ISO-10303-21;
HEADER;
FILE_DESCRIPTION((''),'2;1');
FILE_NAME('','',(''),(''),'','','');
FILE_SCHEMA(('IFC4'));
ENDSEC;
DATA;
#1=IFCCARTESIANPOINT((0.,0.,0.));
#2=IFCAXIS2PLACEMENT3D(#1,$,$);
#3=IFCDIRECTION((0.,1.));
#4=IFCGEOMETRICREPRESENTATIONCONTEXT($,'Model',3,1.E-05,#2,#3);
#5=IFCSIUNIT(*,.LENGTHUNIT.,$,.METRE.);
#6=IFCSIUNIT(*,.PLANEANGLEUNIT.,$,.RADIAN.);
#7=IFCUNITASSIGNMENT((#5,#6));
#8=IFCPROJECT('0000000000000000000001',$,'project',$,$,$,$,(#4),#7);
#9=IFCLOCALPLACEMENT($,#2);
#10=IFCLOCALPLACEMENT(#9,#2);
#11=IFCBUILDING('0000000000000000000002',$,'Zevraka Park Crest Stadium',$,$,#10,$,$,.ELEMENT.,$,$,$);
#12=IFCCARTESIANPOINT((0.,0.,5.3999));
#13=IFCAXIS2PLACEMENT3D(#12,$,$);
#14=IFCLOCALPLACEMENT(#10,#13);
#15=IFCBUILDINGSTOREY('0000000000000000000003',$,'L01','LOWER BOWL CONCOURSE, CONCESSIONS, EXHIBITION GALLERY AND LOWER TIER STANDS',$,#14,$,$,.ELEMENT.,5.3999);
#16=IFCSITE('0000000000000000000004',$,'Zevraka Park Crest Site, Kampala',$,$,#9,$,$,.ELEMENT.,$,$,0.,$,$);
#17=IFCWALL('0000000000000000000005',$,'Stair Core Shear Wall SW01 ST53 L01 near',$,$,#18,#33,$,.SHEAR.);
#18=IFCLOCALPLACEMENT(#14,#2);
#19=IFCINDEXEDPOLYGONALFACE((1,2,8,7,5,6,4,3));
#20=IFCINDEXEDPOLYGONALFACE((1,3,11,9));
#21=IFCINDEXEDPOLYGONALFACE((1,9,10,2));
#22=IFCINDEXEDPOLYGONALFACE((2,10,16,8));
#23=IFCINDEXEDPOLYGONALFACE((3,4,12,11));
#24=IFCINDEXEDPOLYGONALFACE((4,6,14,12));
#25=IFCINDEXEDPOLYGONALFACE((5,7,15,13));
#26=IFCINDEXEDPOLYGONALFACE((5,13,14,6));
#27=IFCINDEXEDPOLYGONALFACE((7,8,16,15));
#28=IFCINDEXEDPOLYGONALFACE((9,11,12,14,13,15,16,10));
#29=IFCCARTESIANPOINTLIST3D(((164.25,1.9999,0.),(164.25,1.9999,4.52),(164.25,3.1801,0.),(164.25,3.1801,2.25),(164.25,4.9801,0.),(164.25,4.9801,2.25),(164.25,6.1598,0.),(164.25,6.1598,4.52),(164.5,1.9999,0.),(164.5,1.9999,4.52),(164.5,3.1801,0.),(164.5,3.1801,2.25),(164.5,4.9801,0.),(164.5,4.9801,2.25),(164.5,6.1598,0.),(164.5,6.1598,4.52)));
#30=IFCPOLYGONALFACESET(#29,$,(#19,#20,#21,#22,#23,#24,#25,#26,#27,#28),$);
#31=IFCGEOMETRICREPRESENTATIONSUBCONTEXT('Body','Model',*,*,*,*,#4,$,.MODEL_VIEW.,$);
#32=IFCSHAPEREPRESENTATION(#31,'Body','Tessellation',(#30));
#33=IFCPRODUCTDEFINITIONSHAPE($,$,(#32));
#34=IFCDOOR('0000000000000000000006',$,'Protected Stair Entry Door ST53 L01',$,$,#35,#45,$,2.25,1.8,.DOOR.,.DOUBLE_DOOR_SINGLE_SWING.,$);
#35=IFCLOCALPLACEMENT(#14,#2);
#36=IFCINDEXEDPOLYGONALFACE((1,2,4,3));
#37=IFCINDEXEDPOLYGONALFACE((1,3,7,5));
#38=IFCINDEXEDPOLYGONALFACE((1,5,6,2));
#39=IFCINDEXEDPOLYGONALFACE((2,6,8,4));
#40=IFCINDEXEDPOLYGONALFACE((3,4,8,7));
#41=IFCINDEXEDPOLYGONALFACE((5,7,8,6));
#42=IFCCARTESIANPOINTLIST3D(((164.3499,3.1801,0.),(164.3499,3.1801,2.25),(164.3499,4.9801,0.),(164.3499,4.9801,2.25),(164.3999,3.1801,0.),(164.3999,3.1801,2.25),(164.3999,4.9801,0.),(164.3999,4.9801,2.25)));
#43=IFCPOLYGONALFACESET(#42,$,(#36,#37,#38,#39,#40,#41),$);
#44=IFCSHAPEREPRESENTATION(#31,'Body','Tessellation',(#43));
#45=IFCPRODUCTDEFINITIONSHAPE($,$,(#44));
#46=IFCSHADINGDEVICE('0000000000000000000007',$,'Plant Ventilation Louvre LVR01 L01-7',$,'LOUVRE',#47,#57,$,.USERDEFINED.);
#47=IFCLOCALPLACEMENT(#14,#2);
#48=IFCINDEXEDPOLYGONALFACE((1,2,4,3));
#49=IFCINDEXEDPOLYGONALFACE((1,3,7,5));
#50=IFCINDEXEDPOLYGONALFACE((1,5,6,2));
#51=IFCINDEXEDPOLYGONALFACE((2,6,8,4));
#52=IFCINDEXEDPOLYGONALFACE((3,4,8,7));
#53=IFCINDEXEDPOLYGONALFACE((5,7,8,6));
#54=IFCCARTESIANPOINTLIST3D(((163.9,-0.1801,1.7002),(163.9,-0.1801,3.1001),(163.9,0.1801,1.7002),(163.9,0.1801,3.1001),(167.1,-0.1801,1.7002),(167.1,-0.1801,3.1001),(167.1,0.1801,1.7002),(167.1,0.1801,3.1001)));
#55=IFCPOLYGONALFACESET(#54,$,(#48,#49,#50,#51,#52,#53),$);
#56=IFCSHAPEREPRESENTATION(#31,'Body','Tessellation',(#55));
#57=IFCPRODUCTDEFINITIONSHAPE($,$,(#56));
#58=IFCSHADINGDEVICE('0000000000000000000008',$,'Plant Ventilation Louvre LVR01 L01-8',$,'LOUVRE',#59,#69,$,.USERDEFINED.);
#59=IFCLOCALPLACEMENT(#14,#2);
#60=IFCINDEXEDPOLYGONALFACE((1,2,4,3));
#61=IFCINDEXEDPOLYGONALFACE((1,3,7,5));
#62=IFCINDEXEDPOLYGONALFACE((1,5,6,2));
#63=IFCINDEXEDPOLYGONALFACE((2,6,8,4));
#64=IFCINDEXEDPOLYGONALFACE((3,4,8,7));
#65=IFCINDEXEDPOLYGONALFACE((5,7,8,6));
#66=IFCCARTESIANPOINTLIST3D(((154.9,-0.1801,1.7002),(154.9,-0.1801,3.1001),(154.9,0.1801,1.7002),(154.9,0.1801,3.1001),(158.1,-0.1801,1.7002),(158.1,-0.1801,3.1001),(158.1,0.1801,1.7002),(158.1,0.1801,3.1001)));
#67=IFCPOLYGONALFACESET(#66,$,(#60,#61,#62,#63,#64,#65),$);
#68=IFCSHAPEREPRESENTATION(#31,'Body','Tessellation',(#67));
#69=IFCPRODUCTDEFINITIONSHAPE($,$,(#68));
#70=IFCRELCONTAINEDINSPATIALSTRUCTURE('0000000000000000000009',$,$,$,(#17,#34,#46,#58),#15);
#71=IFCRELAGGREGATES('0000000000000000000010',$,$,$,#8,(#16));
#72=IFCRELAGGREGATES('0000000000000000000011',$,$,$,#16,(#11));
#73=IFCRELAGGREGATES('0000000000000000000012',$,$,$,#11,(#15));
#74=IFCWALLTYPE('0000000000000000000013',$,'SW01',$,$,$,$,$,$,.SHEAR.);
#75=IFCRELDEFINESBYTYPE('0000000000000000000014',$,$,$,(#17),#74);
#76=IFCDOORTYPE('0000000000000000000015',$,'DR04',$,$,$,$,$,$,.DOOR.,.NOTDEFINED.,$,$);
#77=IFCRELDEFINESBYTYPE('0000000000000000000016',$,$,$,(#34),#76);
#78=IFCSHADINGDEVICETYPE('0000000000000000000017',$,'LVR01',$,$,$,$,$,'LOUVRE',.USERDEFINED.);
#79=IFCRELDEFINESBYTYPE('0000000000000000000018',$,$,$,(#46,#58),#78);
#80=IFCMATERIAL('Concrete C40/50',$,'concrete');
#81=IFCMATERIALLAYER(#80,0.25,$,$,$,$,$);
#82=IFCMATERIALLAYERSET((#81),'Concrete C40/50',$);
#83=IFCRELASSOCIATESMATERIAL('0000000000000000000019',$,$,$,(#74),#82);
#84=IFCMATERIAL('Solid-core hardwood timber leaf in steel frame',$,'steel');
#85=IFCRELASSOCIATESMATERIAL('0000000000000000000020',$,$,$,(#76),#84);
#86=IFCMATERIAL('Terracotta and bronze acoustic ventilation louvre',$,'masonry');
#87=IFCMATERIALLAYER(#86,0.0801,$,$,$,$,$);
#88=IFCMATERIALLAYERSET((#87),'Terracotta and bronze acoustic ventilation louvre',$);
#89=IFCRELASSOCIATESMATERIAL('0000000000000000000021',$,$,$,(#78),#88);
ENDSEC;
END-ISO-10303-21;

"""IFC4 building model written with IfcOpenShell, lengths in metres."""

from ifc_helpers import new_model, si_unit, direction, frame, frame_2d, origin, origin_2d, place, context, subcontext, project, spatial, rectangle, extrude, material, layer, layer_set, type_object, element, fill, save


model = new_model("IFC4")

# Units and contexts
model_context = context("Model", 3, precision=1e-05, world=origin(), true_north=direction((0.0, 1.0)))
body_context = subcontext(model_context, "Body", "Model", "MODEL_VIEW")
ifc_project = project(units=[si_unit("LENGTHUNIT", "METRE"), si_unit("PLANEANGLEUNIT", "RADIAN")], contexts=[model_context])

# Site, building, storey
site_placement = place(None, origin())
site = spatial("IfcSite", under=ifc_project, at=site_placement, Name="Zevraka Park Crest Site, Kampala", CompositionType="ELEMENT", RefElevation=0.0)
building_placement = place(site_placement, origin())
building = spatial("IfcBuilding", under=site, at=building_placement, Name="Zevraka Park Crest Stadium", CompositionType="ELEMENT")
storey_placement = place(building_placement, frame((0.0, 0.0, 5.3999)))
storey = spatial("IfcBuildingStorey", under=building, at=storey_placement, Name="L01", Description="LOWER BOWL CONCOURSE, CONCESSIONS, EXHIBITION GALLERY AND LOWER TIER STANDS", CompositionType="ELEMENT", Elevation=5.3999)

# Shared definitions
ifc_material_1 = material(Name="Concrete C40/50", Category="concrete")
ifc_layer_1 = layer(ifc_material_1, 0.25)
ifc_layer_set_1 = layer_set([ifc_layer_1], Name="Concrete C40/50")
wall_type_1 = type_object("IfcWallType", Name="SW01", PredefinedType="SHEAR", material=ifc_layer_set_1)

# Wall, opening, door
wall_1_placement = place(storey_placement, frame((164.375, 6.1599, 0.0), z_axis=(0.0, 0.0, 1.0), x_axis=(0.0, -1.0, 0.0)))
wall_1 = element("IfcWall", 1, at=wall_1_placement, inside=storey, type_object=wall_type_1, Name="Stair Core Shear Wall SW01 ST53 L01 near", PredefinedType="SHEAR", context=body_context, shape_type="SweptSolid", body=[
    extrude(rectangle(XDim=4.1599, YDim=0.25, at=frame_2d((2.0801, 0.0))), origin(), (0.0, 0.0, 1.0), 4.52),
])
opening_1_placement = place(wall_1_placement, frame((1.1799, 0.0, 0.0)))
opening_1 = element("IfcOpeningElement", 2, at=opening_1_placement, cuts=wall_1, PredefinedType="OPENING", context=body_context, shape_type="SweptSolid", body=[
    extrude(rectangle(XDim=1.8, YDim=2.25, at=frame_2d((0.8999, 1.125))), frame((0.0, 0.135, 0.0), z_axis=(0.0, -1.0, 0.0), x_axis=(1.0, 0.0, 0.0)), (0.0, 0.0, 1.0), 0.27),
])
ifc_material_2 = material(Name="Solid-core hardwood timber leaf in steel frame", Category="steel")
door_type_1 = type_object("IfcDoorType", Name="DR04", OperationType="NOTDEFINED", PredefinedType="DOOR", material=ifc_material_2)
door_1_placement = place(opening_1_placement, origin())
door_1 = element("IfcDoor", 3, at=door_1_placement, inside=storey, type_object=door_type_1, Name="Protected Stair Entry Door ST53 L01", OperationType="DOUBLE_DOOR_SINGLE_SWING", OverallHeight=2.25, OverallWidth=1.8, PredefinedType="DOOR", context=body_context, shape_type="SweptSolid", body=[
    extrude(rectangle(XDim=1.8, YDim=2.25, at=frame_2d((0.8999, 1.125))), frame((0.0, 0.0249, 0.0), z_axis=(0.0, -1.0, 0.0), x_axis=(1.0, 0.0, 0.0)), (0.0, 0.0, 1.0), 0.05),
])
fill(opening_1, door_1)

# Shading devices
ifc_material_3 = material(Name="Terracotta and bronze acoustic ventilation louvre", Category="masonry")
ifc_layer_2 = layer(ifc_material_3, 0.0801)
ifc_layer_set_2 = layer_set([ifc_layer_2], Name="Terracotta and bronze acoustic ventilation louvre")
shading_device_type = type_object("IfcShadingDeviceType", Name="LVR01", ElementType="LOUVRE", PredefinedType="USERDEFINED", material=ifc_layer_set_2)
for number, where, z_axis, x_axis, name in (
    (4, (165.5, 0.0, 1.7002), (0.0, 0.0, 1.0), (-1.0, 0.0, 0.0), "Plant Ventilation Louvre LVR01 L01-7"),
    (5, (156.5, 0.0, 1.7002), (0.0, 0.0, 1.0), (-1.0, 0.0, 0.0), "Plant Ventilation Louvre LVR01 L01-8"),
):
    element("IfcShadingDevice", number, at=place(storey_placement, frame(where, z_axis=z_axis, x_axis=x_axis)), inside=storey, type_object=shading_device_type, Name=name, ObjectType="LOUVRE", PredefinedType="USERDEFINED", context=body_context, shape_type="SweptSolid", body=[
        extrude(rectangle(XDim=3.2, YDim=0.3601, at=origin_2d()), origin(), (0.0, 0.0, 1.0), 1.3999),
    ])

save(model, "model.ifc")
